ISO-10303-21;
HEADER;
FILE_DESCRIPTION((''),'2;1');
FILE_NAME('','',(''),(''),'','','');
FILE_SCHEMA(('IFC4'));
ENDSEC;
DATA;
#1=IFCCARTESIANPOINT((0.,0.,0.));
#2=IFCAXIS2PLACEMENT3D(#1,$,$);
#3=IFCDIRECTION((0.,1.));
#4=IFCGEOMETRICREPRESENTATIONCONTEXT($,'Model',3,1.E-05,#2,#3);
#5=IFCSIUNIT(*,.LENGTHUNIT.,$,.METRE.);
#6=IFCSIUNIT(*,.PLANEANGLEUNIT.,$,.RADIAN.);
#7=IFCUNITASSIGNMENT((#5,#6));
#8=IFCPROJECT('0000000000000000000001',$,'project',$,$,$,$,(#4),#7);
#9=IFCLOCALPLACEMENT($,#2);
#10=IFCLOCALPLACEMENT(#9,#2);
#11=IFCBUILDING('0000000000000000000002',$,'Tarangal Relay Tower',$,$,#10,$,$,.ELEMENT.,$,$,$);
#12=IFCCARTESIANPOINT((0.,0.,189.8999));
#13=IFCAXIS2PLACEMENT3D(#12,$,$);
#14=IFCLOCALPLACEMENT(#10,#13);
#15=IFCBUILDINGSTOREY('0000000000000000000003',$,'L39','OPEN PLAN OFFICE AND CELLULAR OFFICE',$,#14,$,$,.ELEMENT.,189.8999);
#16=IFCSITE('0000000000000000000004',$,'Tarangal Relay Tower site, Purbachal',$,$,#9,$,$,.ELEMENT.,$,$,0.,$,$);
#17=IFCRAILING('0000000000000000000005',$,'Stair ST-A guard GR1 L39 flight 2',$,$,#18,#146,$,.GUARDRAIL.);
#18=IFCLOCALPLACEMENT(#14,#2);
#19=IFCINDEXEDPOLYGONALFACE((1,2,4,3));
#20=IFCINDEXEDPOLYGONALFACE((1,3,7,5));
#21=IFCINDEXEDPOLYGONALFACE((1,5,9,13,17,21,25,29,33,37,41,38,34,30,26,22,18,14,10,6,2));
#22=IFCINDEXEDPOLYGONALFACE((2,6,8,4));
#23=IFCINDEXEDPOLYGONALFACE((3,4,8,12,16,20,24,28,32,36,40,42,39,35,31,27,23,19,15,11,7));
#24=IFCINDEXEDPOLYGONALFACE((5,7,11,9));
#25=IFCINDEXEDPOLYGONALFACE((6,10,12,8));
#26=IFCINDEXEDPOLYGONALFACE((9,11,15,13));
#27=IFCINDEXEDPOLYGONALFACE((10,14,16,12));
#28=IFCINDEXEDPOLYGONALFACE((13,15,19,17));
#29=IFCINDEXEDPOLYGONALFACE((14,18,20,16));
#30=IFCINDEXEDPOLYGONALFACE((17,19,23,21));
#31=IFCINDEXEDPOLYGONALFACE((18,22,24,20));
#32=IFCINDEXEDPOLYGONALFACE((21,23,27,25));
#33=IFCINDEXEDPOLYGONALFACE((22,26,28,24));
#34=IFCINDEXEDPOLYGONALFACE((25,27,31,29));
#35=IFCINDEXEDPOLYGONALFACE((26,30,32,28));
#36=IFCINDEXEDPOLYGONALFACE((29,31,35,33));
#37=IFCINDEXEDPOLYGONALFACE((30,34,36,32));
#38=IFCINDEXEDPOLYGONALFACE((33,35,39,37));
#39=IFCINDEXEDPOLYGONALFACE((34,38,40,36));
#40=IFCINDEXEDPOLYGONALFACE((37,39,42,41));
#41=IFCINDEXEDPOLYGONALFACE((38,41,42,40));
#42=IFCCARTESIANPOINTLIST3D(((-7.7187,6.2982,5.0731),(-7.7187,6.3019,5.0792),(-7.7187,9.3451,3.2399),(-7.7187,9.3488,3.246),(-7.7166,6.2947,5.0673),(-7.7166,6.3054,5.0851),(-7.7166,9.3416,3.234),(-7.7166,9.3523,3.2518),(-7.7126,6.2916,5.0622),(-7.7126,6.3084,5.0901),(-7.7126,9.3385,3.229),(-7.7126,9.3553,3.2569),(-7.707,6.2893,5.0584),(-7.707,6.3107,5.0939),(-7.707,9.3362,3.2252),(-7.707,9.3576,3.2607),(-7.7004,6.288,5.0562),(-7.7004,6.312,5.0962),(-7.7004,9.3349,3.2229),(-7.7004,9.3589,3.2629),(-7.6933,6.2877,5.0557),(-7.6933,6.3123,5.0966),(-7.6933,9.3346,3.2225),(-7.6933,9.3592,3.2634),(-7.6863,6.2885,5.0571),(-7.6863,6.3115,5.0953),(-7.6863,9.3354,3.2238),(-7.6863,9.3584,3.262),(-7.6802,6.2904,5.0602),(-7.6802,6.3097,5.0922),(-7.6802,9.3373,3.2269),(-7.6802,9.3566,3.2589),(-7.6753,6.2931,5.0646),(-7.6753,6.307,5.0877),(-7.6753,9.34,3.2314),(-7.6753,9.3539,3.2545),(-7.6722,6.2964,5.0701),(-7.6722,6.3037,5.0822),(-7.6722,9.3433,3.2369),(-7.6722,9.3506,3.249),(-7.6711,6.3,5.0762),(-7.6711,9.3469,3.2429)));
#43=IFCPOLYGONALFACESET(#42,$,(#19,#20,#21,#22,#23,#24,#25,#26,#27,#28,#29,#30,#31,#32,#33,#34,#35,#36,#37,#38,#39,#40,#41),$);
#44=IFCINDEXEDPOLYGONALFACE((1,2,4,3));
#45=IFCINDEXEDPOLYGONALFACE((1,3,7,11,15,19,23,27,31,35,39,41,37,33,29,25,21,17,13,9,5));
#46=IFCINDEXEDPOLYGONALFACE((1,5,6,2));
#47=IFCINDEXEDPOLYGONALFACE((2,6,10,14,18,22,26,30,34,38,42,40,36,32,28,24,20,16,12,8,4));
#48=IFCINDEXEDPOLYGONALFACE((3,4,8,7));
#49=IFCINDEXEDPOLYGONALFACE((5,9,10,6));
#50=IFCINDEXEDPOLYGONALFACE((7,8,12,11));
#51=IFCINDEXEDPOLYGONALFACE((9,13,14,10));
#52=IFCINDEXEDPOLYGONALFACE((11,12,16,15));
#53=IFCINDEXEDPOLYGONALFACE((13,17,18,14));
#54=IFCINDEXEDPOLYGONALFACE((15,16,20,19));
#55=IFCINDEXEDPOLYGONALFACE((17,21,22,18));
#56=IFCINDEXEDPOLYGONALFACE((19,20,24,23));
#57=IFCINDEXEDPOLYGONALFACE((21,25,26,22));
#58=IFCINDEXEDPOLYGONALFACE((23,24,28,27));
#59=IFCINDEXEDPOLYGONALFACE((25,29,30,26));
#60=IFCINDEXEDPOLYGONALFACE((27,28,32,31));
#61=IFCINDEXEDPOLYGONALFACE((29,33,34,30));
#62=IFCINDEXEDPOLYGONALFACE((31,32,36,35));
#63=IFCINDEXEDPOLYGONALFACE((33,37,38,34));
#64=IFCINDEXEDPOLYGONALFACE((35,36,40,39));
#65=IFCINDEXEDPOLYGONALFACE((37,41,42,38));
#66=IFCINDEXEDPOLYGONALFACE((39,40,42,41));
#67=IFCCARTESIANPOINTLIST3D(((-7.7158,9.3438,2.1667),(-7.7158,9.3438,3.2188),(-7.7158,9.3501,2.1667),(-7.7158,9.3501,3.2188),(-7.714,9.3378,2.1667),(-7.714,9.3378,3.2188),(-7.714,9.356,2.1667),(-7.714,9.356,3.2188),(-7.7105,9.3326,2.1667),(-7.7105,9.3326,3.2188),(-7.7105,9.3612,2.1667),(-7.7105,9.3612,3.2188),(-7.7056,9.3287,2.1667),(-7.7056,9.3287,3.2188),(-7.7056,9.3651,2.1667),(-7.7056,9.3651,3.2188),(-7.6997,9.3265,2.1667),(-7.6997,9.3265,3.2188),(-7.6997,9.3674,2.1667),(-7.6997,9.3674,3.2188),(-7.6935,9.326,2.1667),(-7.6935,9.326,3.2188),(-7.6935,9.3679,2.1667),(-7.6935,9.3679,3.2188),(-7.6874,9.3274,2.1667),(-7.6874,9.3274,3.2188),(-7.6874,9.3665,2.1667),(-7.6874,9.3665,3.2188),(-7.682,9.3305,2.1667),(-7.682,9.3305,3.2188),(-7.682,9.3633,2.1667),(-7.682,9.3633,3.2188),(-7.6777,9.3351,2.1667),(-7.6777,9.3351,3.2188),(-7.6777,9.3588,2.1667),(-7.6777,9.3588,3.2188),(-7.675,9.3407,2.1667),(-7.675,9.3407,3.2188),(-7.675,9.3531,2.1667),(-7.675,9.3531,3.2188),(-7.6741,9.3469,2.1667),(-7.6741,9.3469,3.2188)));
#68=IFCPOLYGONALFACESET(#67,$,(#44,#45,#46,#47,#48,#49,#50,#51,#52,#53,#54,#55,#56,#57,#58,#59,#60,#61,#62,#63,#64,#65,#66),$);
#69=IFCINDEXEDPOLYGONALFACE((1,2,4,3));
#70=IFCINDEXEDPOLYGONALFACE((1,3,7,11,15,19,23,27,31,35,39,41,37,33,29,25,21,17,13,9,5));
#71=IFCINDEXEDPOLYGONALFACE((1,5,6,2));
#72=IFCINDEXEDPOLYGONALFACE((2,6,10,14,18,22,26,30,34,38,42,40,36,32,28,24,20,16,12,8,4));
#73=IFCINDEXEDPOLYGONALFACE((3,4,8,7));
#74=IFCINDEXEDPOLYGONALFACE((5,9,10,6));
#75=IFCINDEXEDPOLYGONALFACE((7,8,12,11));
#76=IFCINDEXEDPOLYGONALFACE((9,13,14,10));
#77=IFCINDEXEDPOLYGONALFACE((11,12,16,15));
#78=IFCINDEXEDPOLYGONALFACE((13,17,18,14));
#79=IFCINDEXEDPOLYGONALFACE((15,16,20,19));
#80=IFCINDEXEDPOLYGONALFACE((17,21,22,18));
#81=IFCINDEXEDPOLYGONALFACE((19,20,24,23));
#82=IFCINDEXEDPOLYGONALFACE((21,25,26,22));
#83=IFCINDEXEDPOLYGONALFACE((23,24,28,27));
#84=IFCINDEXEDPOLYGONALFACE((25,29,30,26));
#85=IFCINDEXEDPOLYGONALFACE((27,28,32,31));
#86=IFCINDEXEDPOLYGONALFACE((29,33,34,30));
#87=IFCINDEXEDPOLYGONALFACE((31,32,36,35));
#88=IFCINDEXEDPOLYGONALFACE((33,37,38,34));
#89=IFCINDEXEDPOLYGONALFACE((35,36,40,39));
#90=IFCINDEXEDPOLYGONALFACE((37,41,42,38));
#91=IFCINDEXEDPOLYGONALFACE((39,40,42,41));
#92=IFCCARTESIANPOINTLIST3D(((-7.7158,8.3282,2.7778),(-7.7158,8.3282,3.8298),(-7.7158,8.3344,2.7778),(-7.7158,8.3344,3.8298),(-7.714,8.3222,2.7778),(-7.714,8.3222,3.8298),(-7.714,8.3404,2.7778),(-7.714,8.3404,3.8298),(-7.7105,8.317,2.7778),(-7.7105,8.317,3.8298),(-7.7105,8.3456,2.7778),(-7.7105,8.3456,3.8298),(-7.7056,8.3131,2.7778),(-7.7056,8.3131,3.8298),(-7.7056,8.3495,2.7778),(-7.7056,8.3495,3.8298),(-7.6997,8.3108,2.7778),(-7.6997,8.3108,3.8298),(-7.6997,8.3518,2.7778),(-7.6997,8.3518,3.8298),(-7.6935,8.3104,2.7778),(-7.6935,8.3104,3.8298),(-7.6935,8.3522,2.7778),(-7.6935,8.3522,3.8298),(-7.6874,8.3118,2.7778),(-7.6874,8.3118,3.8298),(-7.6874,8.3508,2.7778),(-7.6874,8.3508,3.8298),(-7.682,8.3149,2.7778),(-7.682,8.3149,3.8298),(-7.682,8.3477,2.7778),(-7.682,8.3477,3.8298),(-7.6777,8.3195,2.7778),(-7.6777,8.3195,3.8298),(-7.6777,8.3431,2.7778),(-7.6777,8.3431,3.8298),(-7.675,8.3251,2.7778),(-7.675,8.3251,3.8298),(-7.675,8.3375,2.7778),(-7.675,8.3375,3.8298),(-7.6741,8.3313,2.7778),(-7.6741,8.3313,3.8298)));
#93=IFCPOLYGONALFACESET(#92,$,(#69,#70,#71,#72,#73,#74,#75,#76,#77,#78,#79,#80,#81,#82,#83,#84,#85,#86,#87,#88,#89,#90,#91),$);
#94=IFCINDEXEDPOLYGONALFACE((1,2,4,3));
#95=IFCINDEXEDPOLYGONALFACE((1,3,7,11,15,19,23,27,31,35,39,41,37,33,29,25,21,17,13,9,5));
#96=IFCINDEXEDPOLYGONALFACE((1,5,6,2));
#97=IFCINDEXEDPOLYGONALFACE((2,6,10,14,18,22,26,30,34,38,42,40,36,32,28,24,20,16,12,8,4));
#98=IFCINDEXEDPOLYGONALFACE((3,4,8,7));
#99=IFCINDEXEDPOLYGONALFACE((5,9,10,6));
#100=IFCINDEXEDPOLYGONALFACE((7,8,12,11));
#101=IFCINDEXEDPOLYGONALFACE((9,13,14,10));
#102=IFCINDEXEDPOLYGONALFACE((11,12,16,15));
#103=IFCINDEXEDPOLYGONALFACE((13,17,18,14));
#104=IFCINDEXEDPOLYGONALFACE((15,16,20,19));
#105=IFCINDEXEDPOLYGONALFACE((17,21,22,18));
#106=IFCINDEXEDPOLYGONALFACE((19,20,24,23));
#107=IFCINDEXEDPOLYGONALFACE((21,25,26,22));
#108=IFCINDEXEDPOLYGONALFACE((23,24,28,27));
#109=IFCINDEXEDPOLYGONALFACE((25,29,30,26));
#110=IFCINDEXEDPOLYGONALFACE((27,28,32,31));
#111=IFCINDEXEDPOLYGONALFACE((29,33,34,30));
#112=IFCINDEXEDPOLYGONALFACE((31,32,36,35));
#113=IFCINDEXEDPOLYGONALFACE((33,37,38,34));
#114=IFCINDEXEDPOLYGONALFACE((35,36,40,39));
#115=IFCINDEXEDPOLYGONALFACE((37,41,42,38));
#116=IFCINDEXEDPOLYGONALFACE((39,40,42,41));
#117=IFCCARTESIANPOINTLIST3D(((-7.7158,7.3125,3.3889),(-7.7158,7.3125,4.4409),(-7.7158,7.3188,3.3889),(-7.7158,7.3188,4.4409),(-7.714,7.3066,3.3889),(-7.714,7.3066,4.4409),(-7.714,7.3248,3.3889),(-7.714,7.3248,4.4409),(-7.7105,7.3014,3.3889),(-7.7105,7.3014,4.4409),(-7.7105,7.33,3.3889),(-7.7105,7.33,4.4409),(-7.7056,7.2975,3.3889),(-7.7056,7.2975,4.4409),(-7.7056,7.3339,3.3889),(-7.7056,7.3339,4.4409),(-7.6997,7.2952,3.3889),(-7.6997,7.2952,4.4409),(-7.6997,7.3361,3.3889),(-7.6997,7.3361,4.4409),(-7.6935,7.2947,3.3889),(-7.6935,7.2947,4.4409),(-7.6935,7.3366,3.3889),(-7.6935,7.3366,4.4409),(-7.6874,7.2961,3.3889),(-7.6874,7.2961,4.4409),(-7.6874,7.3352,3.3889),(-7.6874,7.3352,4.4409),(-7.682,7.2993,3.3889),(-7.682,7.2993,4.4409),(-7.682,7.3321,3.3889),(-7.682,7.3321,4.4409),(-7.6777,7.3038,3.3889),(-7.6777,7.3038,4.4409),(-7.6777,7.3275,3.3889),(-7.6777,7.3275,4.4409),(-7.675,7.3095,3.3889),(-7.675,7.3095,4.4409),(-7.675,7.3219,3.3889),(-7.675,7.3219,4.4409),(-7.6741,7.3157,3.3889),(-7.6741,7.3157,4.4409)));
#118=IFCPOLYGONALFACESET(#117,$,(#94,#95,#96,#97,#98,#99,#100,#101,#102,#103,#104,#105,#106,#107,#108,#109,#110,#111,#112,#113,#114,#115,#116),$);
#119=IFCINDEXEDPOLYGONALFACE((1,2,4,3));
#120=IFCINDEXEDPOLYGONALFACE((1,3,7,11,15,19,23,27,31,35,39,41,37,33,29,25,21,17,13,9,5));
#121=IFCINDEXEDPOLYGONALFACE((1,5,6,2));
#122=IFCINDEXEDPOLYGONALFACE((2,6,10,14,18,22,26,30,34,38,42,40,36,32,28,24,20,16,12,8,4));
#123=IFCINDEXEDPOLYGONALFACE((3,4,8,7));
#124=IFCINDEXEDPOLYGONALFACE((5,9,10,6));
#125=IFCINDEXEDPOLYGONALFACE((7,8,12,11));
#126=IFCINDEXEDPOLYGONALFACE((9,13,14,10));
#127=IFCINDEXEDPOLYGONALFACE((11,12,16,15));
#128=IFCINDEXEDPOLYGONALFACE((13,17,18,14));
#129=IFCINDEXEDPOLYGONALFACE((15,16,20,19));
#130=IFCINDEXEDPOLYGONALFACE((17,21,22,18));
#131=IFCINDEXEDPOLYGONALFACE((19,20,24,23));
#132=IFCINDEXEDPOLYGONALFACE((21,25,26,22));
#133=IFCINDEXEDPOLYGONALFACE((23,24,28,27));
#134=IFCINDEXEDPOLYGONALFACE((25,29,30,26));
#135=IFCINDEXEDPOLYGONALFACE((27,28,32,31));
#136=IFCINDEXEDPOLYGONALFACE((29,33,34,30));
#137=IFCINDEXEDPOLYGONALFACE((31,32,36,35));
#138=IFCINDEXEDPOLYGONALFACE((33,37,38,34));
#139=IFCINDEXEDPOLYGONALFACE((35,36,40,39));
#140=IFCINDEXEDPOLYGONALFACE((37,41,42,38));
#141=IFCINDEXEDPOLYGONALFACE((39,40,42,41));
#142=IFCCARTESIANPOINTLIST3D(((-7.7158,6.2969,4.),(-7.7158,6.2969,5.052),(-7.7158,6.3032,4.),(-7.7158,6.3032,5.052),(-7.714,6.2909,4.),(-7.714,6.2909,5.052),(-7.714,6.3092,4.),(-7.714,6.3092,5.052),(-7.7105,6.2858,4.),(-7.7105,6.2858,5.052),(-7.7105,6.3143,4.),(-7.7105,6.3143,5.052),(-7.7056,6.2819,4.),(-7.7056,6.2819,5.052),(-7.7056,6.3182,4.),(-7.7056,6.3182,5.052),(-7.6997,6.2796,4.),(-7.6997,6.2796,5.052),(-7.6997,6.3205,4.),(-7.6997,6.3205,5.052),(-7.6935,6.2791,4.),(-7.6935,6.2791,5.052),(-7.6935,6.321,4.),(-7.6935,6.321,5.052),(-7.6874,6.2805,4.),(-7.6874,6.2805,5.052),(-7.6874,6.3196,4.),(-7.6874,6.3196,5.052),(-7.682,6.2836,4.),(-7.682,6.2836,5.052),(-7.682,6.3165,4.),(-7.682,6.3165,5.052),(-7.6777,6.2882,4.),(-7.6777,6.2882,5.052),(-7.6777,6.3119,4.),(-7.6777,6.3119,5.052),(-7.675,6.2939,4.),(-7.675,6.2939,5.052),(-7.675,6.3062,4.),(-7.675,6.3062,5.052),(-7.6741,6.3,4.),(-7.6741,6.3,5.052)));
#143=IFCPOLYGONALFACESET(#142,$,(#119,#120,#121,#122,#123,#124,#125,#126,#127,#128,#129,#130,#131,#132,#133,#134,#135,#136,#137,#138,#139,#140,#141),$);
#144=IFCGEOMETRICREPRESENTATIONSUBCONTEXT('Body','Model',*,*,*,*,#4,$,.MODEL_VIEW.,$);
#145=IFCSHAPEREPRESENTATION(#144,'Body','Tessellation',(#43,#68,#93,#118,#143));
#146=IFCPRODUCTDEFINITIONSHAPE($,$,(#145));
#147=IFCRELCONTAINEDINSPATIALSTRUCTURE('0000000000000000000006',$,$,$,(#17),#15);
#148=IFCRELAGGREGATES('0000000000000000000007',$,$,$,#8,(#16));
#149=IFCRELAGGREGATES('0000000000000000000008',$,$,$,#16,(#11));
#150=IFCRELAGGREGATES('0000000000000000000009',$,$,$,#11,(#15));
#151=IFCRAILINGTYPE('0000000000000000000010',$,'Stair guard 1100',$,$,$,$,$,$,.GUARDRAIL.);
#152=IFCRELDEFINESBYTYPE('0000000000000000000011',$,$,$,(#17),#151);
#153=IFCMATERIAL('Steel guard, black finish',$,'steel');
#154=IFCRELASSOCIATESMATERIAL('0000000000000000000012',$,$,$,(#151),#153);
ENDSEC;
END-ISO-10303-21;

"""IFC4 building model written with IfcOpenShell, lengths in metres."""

from ifc_helpers import new_model, si_unit, direction, frame, origin, origin_2d, place, context, subcontext, project, spatial, circle, extrude, material, type_object, element, save


model = new_model("IFC4")

# Units and contexts
model_context = context("Model", 3, precision=1e-05, world=origin(), true_north=direction((0.0, 1.0)))
body_context = subcontext(model_context, "Body", "Model", "MODEL_VIEW")
ifc_project = project(units=[si_unit("LENGTHUNIT", "METRE"), si_unit("PLANEANGLEUNIT", "RADIAN")], contexts=[model_context])

# Site, building, storey
site_placement = place(None, origin())
site = spatial("IfcSite", under=ifc_project, at=site_placement, Name="Tarangal Relay Tower site, Purbachal", CompositionType="ELEMENT", RefElevation=0.0)
building_placement = place(site_placement, origin())
building = spatial("IfcBuilding", under=site, at=building_placement, Name="Tarangal Relay Tower", CompositionType="ELEMENT")
storey_placement = place(building_placement, frame((0.0, 0.0, 189.8999)))
storey = spatial("IfcBuildingStorey", under=building, at=storey_placement, Name="L39", Description="OPEN PLAN OFFICE AND CELLULAR OFFICE", CompositionType="ELEMENT", Elevation=189.8999)

# Railing
ifc_material_1 = material(Name="Steel guard, black finish", Category="steel")
railing_type_1 = type_object("IfcRailingType", Name="Stair guard 1100", PredefinedType="GUARDRAIL", material=ifc_material_1)
railing_1_placement = place(storey_placement, frame((-7.6951, 9.3469, 2.1667)))
element("IfcRailing", 1, at=railing_1_placement, inside=storey, type_object=railing_type_1, Name="Stair ST-A guard GR1 L39 flight 2", PredefinedType="GUARDRAIL", context=body_context, shape_type="SweptSolid", body=[
    extrude(circle(Radius=0.0239, at=origin_2d()), frame((0.0, 0.0, 1.0762), z_axis=(0.0, -0.856856, 0.515556), x_axis=(1.0, 0.0, 0.0)), (0.0, 0.0, 1.0), 3.5559),
    extrude(circle(Radius=0.021, at=origin_2d()), origin(), (0.0, 0.0, 1.0), 1.052),
    extrude(circle(Radius=0.021, at=origin_2d()), frame((0.0, -1.0156, 0.6111)), (0.0, 0.0, 1.0), 1.052),
    extrude(circle(Radius=0.021, at=origin_2d()), frame((0.0, -2.0312, 1.2222)), (0.0, 0.0, 1.0), 1.052),
    extrude(circle(Radius=0.021, at=origin_2d()), frame((0.0, -3.0469, 1.8333)), (0.0, 0.0, 1.0), 1.052),
])

save(model, "model.ifc")
